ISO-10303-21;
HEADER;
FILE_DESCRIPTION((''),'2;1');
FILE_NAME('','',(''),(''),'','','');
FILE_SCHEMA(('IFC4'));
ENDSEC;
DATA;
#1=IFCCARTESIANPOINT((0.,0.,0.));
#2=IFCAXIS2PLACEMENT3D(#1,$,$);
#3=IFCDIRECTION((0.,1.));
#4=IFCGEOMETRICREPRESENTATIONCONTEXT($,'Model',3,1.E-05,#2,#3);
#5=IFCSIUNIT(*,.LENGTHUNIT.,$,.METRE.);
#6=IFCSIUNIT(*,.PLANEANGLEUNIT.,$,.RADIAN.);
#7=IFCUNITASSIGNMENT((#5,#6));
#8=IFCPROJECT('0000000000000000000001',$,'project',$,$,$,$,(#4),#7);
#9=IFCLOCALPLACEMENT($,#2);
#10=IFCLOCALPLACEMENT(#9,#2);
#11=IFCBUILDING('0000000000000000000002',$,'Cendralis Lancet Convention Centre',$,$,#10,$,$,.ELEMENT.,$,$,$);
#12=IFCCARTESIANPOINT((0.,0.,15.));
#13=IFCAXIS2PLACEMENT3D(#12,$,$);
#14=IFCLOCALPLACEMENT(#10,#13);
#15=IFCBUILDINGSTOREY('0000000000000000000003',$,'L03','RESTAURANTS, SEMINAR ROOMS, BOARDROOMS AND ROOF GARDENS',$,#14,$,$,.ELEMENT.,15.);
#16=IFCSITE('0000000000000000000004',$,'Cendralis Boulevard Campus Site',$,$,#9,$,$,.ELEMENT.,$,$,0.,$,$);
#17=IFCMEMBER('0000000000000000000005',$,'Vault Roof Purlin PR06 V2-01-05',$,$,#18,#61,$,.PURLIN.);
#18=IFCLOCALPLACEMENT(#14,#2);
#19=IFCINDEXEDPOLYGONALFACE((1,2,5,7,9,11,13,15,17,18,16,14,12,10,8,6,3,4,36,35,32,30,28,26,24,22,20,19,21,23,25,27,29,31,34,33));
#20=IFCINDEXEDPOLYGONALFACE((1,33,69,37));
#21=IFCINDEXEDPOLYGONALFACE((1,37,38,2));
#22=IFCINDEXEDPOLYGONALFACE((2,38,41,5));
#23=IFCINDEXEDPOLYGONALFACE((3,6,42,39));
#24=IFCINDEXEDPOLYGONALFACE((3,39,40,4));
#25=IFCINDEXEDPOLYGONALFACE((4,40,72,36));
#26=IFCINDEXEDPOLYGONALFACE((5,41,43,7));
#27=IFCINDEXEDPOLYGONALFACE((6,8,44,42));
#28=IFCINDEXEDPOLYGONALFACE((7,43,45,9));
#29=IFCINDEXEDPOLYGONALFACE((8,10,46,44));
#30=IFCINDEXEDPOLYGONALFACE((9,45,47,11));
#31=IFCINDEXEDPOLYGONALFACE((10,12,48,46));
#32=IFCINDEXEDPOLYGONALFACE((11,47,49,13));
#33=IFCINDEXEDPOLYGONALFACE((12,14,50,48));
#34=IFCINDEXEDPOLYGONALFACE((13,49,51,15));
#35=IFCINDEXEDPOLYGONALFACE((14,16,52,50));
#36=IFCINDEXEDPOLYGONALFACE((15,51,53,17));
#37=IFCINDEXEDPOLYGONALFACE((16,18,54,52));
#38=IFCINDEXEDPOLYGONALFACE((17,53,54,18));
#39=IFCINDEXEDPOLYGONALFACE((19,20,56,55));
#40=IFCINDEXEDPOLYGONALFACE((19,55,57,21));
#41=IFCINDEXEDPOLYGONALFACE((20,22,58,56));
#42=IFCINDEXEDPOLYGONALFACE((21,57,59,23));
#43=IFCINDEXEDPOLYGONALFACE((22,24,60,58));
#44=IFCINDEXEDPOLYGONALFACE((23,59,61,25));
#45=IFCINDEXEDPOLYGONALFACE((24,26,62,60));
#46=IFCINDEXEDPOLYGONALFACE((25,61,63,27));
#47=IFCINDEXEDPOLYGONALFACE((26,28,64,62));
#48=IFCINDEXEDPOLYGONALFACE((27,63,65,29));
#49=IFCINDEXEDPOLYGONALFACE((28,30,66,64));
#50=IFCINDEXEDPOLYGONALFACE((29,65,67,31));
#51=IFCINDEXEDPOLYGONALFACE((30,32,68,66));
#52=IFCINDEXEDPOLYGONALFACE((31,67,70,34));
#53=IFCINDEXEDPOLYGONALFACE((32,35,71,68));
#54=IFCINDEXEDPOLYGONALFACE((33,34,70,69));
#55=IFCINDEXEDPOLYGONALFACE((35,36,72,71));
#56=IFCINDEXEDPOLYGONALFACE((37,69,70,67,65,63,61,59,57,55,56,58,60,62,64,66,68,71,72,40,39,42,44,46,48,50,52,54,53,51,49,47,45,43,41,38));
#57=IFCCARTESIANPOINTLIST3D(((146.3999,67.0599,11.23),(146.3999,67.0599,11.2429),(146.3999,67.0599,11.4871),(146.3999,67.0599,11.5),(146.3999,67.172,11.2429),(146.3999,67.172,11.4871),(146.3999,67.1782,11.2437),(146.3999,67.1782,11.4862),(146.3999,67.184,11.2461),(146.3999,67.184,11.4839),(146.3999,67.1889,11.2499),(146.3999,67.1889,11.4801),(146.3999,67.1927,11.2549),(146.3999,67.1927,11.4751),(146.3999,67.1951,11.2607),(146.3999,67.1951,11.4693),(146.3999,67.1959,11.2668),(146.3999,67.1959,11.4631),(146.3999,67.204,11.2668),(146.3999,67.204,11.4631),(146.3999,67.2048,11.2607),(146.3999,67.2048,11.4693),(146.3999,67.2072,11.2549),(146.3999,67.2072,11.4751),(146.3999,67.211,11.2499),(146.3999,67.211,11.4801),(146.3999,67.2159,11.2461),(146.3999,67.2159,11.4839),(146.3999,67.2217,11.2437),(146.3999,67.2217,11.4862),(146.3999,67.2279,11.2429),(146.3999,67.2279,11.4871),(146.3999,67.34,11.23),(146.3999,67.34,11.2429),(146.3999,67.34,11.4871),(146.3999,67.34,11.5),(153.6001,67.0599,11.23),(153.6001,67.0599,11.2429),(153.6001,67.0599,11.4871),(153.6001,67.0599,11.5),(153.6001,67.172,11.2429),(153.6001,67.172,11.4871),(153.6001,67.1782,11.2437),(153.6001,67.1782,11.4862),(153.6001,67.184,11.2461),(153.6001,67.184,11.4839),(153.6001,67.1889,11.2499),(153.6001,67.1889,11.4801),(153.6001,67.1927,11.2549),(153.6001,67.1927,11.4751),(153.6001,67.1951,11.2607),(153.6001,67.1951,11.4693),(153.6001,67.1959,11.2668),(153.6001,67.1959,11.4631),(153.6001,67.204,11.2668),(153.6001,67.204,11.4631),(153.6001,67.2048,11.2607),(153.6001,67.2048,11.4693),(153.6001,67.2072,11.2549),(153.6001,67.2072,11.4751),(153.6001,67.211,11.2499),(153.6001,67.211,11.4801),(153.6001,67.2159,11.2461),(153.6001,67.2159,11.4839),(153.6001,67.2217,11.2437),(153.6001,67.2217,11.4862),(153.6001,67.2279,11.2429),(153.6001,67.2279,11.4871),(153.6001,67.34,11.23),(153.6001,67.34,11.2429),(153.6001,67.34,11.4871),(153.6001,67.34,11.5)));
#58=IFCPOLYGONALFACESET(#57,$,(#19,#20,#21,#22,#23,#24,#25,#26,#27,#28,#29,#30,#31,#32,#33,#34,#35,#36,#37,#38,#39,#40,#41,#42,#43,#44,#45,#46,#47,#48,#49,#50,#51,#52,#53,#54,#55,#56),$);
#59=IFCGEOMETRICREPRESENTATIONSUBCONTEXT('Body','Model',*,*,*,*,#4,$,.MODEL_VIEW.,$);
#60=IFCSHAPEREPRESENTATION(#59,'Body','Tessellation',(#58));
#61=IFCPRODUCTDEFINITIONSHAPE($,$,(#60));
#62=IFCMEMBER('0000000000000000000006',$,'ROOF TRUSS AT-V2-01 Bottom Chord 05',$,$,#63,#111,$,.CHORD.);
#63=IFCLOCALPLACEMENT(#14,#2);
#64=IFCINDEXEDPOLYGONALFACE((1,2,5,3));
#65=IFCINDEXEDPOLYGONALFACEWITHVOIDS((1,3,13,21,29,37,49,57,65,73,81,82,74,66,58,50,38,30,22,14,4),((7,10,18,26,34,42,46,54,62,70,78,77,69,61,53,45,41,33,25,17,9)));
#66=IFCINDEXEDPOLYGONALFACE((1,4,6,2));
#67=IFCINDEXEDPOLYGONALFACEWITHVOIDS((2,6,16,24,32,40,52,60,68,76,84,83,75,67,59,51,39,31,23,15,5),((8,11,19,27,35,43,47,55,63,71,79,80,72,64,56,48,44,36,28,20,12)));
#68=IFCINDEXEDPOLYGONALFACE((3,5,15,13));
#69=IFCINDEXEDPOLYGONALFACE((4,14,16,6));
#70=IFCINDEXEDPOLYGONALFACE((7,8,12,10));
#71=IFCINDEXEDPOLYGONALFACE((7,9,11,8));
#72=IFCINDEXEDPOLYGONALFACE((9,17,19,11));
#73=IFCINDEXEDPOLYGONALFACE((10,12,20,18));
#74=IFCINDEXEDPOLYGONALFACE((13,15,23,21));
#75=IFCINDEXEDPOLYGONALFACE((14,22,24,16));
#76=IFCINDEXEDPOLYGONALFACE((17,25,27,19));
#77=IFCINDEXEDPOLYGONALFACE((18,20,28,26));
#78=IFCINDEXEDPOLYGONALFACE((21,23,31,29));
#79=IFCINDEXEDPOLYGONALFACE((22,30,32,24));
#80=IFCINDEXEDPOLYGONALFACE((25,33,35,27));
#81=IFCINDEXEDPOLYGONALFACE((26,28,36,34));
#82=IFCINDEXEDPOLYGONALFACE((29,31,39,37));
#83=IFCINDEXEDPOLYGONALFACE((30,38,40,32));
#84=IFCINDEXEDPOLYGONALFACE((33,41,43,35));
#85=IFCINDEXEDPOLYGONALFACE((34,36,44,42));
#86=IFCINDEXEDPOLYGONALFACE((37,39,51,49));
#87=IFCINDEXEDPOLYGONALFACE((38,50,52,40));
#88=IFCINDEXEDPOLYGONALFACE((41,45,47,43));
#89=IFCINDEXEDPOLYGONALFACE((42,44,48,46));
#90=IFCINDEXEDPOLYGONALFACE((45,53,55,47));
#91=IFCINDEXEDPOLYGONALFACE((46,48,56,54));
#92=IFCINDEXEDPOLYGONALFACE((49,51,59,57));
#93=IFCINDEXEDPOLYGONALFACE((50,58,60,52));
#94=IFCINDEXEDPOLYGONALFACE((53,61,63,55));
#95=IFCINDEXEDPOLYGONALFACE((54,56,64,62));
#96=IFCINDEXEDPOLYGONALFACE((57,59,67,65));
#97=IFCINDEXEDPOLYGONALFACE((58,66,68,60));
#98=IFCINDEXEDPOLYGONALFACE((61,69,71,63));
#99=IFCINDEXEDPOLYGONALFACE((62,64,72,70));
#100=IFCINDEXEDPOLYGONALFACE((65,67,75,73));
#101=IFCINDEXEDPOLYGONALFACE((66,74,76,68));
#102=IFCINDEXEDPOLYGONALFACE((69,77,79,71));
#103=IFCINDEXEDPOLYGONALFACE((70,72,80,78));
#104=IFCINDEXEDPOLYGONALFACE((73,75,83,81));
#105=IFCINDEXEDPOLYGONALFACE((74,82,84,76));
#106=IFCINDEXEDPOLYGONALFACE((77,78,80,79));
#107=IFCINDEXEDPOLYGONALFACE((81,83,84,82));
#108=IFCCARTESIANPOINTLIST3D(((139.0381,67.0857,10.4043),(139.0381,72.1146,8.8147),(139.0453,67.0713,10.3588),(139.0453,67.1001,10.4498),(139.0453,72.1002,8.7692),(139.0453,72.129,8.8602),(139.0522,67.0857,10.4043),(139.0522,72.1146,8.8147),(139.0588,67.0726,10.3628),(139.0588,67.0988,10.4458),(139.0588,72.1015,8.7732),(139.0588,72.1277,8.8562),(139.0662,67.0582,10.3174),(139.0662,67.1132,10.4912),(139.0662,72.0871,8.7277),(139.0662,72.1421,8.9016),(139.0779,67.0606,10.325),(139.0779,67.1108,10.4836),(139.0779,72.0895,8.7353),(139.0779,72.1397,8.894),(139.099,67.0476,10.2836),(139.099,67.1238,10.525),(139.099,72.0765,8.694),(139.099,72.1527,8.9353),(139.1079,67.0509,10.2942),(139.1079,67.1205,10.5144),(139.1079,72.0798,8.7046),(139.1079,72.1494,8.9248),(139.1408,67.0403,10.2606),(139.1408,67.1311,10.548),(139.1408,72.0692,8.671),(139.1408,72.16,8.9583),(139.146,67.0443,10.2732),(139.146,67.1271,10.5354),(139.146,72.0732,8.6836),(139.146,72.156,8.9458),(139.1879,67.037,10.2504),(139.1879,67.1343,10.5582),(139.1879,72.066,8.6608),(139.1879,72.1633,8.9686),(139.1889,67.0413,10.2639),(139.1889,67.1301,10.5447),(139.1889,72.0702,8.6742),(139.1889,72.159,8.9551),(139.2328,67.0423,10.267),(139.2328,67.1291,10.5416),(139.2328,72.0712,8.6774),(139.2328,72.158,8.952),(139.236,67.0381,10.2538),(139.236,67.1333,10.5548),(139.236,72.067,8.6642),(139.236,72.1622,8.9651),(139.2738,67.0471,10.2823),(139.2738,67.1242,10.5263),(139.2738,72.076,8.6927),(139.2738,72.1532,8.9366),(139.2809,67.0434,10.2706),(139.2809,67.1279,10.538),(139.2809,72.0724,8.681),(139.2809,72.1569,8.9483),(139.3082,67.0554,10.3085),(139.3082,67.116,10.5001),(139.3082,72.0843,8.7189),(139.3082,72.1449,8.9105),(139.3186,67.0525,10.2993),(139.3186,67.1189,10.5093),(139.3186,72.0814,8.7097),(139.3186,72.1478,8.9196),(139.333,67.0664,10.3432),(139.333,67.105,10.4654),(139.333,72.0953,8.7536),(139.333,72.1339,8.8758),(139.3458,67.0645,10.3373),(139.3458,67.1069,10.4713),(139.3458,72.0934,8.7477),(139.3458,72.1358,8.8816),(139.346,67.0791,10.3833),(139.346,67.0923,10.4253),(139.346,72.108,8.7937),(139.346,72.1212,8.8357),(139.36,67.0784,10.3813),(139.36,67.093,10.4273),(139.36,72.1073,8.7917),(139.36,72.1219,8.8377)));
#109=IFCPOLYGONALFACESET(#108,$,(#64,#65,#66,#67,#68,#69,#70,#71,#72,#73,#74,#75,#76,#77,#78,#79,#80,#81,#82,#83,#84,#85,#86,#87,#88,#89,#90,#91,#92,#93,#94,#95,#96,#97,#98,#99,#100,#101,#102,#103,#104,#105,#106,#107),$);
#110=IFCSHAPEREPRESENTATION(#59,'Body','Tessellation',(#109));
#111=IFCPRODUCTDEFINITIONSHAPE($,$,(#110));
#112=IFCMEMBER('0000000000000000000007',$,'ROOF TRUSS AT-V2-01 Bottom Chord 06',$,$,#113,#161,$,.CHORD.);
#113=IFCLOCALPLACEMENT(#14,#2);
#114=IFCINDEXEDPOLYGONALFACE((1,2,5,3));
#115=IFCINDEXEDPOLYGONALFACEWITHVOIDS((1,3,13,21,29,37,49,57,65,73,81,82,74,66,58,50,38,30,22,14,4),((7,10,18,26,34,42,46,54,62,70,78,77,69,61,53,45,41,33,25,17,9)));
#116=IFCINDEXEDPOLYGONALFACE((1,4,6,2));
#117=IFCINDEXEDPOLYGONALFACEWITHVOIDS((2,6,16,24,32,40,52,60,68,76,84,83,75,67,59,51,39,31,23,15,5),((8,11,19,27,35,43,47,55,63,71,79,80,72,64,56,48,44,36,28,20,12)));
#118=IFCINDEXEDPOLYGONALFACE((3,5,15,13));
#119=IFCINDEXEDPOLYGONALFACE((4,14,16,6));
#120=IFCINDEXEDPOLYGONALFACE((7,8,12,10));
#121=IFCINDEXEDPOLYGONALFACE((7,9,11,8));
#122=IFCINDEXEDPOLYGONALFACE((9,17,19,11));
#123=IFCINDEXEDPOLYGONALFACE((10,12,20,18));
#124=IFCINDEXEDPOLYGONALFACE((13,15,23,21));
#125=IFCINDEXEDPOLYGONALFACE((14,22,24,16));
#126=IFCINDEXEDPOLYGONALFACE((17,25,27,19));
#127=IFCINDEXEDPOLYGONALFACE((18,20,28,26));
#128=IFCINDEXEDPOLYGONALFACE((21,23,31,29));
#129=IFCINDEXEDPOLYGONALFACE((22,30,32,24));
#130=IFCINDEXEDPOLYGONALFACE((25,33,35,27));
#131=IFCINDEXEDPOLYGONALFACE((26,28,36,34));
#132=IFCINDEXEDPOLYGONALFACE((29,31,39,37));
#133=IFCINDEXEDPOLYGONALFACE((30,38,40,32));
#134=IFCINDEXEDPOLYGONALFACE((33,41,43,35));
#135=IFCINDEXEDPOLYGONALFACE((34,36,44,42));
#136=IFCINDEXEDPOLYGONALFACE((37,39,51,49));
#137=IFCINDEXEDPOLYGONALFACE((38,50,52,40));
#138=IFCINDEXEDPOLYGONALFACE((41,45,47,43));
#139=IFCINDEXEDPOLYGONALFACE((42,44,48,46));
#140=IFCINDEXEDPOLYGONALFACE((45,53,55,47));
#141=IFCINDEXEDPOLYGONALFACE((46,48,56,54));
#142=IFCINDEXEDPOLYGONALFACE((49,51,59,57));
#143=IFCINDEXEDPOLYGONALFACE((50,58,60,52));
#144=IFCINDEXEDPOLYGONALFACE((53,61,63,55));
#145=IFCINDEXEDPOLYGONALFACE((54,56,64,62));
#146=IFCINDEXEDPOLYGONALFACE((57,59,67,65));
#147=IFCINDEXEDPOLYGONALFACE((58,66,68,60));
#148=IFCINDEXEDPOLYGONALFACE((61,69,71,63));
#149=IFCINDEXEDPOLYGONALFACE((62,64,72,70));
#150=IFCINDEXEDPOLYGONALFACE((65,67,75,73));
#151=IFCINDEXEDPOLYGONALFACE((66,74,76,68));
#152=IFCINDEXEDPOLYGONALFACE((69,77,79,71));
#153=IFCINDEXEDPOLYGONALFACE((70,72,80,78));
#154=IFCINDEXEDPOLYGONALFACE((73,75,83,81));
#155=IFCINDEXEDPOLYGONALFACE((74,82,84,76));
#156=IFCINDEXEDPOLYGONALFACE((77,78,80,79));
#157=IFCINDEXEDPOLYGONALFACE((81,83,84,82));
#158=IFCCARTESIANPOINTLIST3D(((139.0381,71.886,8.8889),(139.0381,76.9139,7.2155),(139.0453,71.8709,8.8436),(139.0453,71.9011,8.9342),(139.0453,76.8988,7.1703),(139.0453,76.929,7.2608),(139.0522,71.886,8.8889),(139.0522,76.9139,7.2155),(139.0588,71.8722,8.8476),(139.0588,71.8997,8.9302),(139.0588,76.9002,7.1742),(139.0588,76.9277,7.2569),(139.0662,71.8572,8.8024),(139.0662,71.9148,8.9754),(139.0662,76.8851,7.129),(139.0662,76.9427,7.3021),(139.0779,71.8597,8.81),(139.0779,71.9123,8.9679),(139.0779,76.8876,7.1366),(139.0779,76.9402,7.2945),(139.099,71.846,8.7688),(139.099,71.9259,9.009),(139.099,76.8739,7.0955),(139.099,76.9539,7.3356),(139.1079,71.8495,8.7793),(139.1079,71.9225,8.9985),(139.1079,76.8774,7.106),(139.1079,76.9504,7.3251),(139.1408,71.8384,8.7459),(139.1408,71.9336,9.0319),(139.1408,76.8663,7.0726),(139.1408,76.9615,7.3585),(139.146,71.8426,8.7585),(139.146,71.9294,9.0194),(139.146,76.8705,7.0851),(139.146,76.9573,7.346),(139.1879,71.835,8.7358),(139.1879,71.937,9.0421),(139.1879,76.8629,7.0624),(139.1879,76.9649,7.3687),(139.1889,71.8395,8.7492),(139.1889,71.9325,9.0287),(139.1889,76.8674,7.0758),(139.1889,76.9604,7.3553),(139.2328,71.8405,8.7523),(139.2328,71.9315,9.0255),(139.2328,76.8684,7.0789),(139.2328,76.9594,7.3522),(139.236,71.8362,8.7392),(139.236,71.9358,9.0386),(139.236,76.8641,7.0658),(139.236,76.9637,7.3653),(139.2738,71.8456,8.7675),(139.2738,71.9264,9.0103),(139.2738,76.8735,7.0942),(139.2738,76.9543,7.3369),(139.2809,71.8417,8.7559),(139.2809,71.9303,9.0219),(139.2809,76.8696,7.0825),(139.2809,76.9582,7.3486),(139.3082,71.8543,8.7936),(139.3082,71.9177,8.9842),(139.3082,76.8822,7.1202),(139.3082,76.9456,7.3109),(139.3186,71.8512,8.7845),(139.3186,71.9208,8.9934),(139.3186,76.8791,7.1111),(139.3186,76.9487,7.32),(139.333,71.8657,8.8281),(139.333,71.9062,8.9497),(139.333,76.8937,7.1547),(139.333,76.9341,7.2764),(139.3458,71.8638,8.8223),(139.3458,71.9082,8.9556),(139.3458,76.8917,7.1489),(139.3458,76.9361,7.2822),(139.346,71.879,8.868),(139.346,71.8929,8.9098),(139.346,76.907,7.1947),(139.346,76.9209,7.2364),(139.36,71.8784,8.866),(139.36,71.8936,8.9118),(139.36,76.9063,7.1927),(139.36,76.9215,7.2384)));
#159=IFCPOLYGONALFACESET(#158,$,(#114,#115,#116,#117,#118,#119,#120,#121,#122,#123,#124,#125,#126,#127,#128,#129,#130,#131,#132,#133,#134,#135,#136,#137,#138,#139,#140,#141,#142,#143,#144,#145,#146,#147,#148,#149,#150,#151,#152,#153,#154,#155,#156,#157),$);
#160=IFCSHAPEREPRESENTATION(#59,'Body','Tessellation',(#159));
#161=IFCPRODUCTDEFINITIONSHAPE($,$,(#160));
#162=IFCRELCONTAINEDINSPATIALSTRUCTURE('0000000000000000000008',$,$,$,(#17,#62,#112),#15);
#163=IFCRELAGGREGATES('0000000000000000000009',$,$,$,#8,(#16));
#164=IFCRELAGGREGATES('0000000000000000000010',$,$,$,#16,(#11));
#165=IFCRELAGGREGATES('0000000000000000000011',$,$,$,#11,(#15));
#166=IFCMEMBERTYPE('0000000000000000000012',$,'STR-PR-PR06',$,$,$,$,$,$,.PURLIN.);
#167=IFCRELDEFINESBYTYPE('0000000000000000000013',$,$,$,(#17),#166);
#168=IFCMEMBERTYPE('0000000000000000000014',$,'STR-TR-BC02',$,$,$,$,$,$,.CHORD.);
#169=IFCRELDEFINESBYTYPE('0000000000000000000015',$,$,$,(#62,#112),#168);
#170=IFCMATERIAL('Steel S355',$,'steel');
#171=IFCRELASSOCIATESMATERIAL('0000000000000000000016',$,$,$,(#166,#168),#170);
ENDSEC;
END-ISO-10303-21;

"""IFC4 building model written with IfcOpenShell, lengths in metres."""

from ifc_helpers import new_model, si_unit, direction, frame, origin, origin_2d, place, context, subcontext, project, spatial, hollow_circle, i_section, extrude, material, material_profile, profile_set, type_object, element, save


model = new_model("IFC4")

# Units and contexts
model_context = context("Model", 3, precision=1e-05, world=origin(), true_north=direction((0.0, 1.0)))
body_context = subcontext(model_context, "Body", "Model", "MODEL_VIEW")
ifc_project = project(units=[si_unit("LENGTHUNIT", "METRE"), si_unit("PLANEANGLEUNIT", "RADIAN")], contexts=[model_context])

# Site, building, storey
site_placement = place(None, origin())
site = spatial("IfcSite", under=ifc_project, at=site_placement, Name="Cendralis Boulevard Campus Site", CompositionType="ELEMENT", RefElevation=0.0)
building_placement = place(site_placement, origin())
building = spatial("IfcBuilding", under=site, at=building_placement, Name="Cendralis Lancet Convention Centre", CompositionType="ELEMENT")
storey_placement = place(building_placement, frame((0.0, 0.0, 15.0)))
storey = spatial("IfcBuildingStorey", under=building, at=storey_placement, Name="L03", Description="RESTAURANTS, SEMINAR ROOMS, BOARDROOMS AND ROOF GARDENS", CompositionType="ELEMENT", Elevation=15.0)

# Members
ifc_material_1 = material(Name="Steel S355", Category="steel")
ifc_material_profile_1 = material_profile(ifc_material_1, i_section(OverallWidth=0.28, OverallDepth=0.27, WebThickness=0.0081, FlangeThickness=0.0129, FilletRadius=0.0239, at=origin_2d()), Name="HEA 280")
ifc_profile_set_1 = profile_set([ifc_material_profile_1], Name="Steel S355")
member_type_1 = type_object("IfcMemberType", Name="STR-PR-PR06", PredefinedType="PURLIN", material=ifc_profile_set_1)
member_1_placement = place(storey_placement, frame((146.3999, 67.2, 11.365), z_axis=(1.0, 0.0, 0.0), x_axis=(0.0, 1.0, 0.0)))
element("IfcMember", 1, at=member_1_placement, inside=storey, type_object=member_type_1, Name="Vault Roof Purlin PR06 V2-01-05", PredefinedType="PURLIN", context=body_context, shape_type="SweptSolid", body=[
    extrude(i_section(OverallWidth=0.28, OverallDepth=0.27, WebThickness=0.0081, FlangeThickness=0.0129, FilletRadius=0.0239, at=origin_2d()), origin(), (0.0, 0.0, 1.0), 7.2002),
])
ifc_material_profile_2 = material_profile(ifc_material_1, hollow_circle(Radius=0.1619, WallThickness=0.0142, at=origin_2d()), Name="CHS 323.9x14.2")
ifc_profile_set_2 = profile_set([ifc_material_profile_2], Name="Steel S355")
member_type_2 = type_object("IfcMemberType", Name="STR-TR-BC02", PredefinedType="CHORD", material=ifc_profile_set_2)
member_2_placement = place(storey_placement, frame((139.2, 67.0857, 10.4043), z_axis=(0.0, 0.953498, -0.301399), x_axis=(-1.0, 0.0, 0.0)))
element("IfcMember", 2, at=member_2_placement, inside=storey, type_object=member_type_2, Name="ROOF TRUSS AT-V2-01 Bottom Chord 05", PredefinedType="CHORD", context=body_context, shape_type="SweptSolid", body=[
    extrude(hollow_circle(Radius=0.1619, WallThickness=0.0142, at=origin_2d()), origin(), (0.0, 0.0, 1.0), 5.2742),
])
member_3_placement = place(storey_placement, frame((139.2, 71.886, 8.8889), z_axis=(0.0, 0.948831, -0.315785), x_axis=(-1.0, 0.0, 0.0)))
element("IfcMember", 3, at=member_3_placement, inside=storey, type_object=member_type_2, Name="ROOF TRUSS AT-V2-01 Bottom Chord 06", PredefinedType="CHORD", context=body_context, shape_type="SweptSolid", body=[
    extrude(hollow_circle(Radius=0.1619, WallThickness=0.0142, at=origin_2d()), origin(), (0.0, 0.0, 1.0), 5.2991),
])

save(model, "model.ifc")
